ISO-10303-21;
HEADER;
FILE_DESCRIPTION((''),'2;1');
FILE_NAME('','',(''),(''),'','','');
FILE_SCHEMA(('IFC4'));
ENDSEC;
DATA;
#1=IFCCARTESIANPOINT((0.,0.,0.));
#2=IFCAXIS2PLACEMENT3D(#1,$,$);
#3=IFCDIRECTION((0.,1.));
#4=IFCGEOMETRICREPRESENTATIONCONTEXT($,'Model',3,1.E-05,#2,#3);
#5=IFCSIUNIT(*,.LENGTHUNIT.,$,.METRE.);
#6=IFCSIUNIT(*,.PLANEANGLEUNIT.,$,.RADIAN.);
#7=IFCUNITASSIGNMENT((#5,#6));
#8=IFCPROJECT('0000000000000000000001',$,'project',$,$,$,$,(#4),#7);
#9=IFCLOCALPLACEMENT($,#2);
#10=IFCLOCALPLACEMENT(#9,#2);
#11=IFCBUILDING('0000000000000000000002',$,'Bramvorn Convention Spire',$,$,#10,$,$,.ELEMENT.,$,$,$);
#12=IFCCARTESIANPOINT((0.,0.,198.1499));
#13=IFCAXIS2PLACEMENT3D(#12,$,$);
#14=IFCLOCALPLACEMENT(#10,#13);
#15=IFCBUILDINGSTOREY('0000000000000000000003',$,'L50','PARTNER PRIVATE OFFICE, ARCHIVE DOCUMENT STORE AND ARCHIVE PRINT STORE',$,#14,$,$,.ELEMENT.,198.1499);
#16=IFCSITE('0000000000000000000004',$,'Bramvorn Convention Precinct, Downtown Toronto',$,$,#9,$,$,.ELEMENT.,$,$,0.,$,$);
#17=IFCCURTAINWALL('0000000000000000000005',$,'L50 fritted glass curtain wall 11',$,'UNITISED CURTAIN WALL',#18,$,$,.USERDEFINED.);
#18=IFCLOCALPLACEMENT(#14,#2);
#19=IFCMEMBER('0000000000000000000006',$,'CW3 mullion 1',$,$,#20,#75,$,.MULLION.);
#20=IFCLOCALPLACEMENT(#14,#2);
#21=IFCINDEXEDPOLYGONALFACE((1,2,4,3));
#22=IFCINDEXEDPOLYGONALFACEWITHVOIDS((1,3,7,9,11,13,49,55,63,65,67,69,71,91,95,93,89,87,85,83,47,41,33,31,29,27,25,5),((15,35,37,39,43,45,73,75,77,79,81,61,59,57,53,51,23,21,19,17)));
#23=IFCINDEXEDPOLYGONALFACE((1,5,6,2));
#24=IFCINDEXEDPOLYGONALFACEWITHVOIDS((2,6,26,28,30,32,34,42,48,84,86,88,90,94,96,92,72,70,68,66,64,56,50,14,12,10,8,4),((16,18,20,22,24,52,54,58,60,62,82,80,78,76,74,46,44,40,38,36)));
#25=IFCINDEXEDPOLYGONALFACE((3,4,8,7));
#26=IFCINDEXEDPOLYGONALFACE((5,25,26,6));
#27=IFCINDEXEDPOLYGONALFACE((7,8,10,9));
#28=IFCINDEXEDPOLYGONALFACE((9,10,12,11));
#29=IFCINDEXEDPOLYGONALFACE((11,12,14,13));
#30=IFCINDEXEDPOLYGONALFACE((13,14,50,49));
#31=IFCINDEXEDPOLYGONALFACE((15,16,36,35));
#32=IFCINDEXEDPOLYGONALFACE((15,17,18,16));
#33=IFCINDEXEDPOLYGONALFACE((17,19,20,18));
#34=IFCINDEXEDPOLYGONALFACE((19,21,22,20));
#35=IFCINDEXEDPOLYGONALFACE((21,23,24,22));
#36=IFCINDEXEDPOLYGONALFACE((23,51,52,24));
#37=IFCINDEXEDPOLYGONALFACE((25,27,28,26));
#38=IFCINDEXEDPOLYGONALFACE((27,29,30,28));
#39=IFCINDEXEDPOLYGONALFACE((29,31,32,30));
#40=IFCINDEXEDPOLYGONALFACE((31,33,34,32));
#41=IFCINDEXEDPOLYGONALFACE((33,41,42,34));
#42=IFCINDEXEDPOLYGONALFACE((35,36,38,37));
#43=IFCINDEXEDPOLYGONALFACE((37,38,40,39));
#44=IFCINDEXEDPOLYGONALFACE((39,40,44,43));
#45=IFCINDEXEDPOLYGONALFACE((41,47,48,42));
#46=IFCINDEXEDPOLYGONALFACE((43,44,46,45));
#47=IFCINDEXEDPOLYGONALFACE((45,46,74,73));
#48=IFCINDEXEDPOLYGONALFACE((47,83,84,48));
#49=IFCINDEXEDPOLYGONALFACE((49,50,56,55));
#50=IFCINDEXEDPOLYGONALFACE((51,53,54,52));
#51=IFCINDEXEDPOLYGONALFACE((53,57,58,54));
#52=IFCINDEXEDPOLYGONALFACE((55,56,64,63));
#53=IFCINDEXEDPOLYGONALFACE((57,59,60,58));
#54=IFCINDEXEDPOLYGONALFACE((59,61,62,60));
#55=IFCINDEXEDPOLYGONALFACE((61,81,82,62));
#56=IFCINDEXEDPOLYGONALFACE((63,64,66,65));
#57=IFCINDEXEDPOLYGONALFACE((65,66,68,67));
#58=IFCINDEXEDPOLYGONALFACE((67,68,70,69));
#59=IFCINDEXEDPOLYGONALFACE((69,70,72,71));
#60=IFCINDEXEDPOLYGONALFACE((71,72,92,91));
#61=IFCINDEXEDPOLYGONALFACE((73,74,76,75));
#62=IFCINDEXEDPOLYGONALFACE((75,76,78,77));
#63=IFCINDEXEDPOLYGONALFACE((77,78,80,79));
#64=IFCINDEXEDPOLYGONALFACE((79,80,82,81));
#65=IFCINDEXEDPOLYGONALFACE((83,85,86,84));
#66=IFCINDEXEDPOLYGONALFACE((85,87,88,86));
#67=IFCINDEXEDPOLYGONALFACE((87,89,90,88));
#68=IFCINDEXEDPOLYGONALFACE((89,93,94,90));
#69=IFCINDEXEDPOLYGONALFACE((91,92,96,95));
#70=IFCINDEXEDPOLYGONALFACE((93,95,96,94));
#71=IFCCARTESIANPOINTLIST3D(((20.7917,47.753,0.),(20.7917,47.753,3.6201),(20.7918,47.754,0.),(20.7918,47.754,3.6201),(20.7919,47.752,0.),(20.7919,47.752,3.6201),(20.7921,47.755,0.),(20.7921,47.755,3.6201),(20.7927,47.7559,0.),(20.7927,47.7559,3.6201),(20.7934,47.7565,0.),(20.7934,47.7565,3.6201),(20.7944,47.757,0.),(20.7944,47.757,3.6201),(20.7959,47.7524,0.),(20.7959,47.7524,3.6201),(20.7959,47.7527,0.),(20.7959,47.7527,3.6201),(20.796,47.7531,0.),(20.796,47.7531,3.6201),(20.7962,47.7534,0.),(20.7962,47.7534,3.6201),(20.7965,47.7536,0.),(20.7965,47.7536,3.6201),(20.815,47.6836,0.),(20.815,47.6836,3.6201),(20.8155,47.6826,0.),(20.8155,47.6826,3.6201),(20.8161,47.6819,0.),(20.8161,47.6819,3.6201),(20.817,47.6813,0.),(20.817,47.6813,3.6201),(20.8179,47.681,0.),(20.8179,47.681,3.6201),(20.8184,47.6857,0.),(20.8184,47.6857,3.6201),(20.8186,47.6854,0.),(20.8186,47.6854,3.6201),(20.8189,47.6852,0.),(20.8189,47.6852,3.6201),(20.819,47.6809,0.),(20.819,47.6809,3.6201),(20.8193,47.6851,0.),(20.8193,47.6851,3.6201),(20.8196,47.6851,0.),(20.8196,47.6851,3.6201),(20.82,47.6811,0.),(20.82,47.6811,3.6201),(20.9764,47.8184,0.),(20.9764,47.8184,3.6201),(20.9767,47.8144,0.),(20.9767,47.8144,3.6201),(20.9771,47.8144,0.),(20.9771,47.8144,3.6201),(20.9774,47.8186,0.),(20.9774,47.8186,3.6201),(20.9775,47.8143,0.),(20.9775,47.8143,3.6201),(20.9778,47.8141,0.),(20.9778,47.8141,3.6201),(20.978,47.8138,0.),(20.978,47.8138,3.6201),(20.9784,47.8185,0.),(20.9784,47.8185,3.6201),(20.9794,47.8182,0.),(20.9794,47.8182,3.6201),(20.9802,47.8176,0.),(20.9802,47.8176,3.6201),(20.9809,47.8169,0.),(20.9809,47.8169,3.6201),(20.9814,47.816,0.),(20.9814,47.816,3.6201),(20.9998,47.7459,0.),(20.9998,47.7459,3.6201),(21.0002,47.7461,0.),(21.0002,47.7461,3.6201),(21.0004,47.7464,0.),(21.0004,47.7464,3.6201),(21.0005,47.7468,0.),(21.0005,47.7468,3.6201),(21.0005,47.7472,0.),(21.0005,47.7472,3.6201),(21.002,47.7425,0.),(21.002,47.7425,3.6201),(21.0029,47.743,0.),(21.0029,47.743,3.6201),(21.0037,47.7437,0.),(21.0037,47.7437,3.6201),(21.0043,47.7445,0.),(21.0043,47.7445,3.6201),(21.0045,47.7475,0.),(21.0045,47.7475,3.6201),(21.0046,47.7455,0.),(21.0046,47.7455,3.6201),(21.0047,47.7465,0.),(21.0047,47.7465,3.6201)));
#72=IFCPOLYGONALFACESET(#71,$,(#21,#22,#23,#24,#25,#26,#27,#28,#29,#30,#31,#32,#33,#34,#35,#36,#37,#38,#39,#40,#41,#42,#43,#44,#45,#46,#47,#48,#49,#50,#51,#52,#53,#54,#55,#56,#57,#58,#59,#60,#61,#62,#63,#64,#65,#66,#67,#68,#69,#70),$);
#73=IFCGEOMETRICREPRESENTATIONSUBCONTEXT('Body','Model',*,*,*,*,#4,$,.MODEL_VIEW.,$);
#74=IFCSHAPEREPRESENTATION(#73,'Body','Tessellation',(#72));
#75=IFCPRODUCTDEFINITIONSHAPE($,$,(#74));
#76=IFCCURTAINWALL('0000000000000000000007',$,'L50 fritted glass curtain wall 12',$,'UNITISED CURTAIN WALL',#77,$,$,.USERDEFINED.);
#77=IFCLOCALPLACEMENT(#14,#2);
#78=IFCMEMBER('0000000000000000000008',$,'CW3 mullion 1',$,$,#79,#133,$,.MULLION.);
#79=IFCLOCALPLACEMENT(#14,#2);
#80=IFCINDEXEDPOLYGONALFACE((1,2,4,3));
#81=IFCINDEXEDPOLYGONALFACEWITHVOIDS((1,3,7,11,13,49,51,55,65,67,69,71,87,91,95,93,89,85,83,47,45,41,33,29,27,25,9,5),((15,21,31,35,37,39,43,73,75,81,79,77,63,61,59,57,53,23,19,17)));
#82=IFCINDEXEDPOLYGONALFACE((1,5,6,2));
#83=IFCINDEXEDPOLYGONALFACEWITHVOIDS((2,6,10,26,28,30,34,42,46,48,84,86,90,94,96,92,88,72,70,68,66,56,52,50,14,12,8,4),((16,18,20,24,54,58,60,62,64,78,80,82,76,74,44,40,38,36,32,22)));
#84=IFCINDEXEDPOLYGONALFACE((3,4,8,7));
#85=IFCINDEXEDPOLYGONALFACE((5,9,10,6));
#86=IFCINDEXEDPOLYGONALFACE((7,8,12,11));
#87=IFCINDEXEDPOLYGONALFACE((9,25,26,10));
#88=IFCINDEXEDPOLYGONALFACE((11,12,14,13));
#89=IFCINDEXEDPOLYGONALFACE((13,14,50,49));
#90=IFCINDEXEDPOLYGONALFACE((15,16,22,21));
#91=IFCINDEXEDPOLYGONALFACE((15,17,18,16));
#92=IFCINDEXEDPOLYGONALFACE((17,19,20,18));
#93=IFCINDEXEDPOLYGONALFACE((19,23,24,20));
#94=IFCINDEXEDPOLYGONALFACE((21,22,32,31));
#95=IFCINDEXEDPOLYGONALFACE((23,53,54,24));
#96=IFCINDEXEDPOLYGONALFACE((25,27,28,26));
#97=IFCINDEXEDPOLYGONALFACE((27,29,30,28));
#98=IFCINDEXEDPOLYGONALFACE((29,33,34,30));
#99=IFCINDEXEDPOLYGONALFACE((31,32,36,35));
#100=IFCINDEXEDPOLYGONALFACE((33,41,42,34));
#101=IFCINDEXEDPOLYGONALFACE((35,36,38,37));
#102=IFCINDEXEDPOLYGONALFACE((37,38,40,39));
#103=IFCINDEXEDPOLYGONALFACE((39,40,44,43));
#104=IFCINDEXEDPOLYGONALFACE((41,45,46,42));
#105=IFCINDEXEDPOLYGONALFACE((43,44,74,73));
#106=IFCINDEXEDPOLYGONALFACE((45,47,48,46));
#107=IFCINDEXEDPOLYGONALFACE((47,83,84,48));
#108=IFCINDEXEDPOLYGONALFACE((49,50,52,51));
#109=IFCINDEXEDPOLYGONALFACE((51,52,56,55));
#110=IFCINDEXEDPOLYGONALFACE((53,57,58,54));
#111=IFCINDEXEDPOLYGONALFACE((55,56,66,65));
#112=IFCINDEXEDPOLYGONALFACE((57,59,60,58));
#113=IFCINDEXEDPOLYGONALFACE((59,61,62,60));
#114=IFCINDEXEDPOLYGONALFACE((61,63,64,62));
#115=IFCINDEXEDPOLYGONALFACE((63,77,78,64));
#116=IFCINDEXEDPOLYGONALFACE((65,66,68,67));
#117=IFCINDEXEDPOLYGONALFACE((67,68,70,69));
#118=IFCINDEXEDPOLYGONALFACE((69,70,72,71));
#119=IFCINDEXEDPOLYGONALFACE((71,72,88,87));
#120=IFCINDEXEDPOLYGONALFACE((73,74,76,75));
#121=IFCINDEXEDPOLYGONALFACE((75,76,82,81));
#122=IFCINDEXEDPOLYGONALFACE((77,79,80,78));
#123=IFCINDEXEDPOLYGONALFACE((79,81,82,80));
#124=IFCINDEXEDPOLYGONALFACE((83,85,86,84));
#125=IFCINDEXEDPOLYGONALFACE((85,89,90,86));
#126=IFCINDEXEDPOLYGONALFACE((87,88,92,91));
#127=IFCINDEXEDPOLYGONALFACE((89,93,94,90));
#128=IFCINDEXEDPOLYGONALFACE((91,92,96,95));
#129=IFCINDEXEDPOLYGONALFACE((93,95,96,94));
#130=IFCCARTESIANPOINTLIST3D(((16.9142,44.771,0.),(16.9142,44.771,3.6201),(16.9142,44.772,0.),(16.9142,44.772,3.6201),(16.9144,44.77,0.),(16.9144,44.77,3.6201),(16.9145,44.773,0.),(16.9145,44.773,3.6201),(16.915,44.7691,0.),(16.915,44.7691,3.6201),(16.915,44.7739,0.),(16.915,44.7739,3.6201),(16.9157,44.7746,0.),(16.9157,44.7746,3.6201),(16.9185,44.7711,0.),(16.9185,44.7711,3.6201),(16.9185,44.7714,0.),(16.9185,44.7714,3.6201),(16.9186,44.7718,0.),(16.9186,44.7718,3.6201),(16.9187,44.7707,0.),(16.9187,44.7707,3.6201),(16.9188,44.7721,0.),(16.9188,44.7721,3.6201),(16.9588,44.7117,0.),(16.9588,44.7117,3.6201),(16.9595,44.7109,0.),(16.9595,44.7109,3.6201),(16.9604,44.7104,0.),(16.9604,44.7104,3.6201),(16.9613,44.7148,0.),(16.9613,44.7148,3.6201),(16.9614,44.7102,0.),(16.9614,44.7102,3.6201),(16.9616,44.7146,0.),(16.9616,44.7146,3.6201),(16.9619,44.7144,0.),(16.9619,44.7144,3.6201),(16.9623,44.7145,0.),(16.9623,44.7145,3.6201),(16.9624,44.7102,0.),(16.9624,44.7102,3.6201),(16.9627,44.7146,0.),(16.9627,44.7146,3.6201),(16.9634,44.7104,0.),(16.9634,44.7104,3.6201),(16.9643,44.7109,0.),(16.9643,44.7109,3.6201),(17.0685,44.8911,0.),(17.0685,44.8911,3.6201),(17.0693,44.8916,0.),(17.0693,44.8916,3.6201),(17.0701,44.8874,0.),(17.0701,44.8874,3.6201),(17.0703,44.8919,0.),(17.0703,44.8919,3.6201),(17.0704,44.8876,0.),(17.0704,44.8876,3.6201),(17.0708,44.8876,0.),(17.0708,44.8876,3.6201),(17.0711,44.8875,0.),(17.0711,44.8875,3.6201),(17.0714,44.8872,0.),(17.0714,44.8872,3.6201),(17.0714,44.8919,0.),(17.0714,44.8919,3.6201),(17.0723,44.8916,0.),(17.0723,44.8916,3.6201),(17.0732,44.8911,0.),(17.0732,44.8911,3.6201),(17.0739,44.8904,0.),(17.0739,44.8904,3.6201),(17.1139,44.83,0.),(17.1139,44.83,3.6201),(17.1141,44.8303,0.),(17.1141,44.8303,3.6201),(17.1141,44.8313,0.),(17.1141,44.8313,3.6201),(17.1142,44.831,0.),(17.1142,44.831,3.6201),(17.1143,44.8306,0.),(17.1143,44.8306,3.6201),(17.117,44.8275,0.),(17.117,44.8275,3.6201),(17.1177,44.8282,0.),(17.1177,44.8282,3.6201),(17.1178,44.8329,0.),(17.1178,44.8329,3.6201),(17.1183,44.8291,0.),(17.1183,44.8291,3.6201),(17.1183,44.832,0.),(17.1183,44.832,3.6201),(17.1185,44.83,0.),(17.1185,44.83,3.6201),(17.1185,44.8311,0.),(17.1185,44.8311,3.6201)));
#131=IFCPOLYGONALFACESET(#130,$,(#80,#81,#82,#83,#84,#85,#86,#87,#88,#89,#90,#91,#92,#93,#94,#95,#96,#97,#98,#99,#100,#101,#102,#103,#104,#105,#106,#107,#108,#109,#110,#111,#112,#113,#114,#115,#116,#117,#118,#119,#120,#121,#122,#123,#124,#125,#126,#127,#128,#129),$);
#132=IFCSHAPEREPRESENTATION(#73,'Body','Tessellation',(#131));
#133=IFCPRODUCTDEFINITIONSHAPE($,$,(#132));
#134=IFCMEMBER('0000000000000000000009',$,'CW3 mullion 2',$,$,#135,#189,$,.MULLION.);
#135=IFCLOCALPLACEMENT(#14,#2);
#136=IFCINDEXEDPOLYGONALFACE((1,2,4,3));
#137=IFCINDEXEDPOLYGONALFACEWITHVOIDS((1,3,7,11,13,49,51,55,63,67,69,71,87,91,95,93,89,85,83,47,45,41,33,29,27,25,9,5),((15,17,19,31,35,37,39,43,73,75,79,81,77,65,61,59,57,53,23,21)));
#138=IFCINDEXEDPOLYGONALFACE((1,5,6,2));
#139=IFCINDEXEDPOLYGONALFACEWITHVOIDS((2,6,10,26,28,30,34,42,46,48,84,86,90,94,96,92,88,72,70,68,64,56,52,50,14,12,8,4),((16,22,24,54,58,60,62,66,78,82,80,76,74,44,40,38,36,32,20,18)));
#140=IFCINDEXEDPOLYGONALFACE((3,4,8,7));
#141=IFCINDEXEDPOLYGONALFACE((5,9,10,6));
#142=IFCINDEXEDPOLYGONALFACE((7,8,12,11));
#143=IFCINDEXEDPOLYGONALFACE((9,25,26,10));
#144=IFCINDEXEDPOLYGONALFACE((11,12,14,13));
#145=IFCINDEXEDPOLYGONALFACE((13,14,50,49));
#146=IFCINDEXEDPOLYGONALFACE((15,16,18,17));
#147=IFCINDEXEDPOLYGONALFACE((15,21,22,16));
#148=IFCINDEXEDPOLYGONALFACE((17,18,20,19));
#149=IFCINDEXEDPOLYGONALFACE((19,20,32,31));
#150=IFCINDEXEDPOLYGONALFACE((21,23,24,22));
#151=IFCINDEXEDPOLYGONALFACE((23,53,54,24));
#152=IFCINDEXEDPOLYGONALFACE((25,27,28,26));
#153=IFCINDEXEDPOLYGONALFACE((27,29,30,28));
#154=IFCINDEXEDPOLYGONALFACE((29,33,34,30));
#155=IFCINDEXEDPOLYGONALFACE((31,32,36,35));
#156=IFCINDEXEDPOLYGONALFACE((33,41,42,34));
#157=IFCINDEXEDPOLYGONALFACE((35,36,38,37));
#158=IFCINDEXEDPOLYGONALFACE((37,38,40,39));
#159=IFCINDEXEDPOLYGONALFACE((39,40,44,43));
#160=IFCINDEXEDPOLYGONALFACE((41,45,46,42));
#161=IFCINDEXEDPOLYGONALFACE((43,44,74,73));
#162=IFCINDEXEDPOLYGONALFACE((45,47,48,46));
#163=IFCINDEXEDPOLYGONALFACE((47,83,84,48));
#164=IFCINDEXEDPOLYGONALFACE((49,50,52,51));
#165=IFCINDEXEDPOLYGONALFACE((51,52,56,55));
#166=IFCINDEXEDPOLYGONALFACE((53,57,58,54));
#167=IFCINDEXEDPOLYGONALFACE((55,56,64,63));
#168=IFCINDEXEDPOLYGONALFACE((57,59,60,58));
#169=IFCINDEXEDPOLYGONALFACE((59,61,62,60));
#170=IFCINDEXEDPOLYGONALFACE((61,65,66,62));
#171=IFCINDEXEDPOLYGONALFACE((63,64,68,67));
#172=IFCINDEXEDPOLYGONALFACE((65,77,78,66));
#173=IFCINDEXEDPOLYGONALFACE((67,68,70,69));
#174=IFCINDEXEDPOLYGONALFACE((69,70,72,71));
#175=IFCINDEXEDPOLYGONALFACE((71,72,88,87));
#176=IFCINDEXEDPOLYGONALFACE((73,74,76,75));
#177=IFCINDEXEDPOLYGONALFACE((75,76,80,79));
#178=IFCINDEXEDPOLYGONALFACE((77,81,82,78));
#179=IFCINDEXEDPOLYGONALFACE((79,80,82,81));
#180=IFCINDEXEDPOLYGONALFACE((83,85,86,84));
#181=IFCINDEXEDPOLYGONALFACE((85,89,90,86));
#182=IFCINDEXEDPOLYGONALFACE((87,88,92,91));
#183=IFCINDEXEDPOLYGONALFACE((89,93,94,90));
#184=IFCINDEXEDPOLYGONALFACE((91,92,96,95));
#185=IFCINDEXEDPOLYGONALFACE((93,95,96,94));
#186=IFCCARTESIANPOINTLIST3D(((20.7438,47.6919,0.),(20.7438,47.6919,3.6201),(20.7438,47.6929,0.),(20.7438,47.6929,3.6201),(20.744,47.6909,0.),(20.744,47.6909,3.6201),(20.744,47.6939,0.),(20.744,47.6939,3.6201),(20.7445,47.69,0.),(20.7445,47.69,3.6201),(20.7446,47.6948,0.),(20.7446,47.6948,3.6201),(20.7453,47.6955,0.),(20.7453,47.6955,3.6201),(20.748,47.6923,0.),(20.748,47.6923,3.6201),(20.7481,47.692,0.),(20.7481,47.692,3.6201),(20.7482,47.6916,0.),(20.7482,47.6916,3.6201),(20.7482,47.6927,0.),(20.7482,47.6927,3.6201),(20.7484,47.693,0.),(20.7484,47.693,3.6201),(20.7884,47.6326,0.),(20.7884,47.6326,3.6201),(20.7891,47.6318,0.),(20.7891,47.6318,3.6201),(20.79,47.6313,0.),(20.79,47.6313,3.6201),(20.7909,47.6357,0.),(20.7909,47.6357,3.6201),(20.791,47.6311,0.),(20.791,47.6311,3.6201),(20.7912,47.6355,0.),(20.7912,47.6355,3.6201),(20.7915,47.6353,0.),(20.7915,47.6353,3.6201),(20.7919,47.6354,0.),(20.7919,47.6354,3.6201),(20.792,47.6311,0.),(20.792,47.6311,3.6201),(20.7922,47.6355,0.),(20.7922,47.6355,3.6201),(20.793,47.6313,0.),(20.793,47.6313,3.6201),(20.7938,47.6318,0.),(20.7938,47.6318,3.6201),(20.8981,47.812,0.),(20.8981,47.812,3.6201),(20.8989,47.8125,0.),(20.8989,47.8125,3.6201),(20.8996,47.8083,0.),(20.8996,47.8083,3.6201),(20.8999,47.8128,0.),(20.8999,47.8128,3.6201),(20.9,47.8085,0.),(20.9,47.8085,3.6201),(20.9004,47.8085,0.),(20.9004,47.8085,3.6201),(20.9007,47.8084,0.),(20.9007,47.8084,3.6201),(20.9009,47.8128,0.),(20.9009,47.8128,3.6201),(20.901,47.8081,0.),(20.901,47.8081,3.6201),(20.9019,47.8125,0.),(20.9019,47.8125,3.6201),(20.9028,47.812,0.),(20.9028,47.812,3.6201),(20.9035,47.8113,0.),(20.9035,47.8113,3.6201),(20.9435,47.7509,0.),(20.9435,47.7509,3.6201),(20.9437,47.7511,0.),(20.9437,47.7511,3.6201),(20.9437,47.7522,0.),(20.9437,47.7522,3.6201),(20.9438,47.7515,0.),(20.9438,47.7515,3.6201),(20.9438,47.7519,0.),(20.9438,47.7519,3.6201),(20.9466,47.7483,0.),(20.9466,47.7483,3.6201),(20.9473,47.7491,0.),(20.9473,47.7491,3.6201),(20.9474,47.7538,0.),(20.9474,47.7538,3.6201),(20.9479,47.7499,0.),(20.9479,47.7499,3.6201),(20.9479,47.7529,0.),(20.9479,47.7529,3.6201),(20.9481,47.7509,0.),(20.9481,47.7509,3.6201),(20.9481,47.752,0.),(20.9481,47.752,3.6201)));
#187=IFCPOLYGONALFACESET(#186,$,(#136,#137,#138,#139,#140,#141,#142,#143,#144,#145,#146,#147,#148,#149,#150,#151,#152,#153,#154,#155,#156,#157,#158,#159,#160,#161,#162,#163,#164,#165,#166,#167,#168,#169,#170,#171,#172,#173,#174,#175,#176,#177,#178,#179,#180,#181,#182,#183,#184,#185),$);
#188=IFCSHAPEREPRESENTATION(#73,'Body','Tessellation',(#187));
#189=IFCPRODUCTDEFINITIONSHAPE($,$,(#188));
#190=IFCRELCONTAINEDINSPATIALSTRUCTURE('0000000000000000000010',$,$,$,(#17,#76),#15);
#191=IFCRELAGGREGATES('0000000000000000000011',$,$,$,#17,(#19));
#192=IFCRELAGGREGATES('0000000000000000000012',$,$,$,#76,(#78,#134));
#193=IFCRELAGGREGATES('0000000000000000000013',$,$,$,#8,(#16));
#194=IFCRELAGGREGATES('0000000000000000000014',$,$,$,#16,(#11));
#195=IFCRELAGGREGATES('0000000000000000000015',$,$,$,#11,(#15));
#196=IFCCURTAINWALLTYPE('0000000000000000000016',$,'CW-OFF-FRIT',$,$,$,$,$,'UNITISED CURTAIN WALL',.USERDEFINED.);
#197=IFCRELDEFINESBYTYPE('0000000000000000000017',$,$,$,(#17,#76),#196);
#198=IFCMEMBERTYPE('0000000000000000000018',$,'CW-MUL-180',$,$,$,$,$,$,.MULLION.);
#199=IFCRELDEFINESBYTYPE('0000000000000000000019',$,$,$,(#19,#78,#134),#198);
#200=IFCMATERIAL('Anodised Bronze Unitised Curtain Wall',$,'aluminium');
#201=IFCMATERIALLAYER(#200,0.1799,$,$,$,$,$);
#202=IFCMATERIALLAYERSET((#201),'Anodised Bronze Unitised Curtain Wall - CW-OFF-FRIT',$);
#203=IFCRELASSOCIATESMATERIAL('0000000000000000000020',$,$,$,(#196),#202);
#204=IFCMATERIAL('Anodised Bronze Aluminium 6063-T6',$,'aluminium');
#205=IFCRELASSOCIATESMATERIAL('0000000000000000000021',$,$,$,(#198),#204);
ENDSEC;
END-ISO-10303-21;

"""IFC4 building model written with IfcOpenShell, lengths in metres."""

from ifc_helpers import new_model, si_unit, direction, frame, origin, origin_2d, place, context, subcontext, project, spatial, hollow_rectangle, extrude, material, layer, layer_set, material_profile, profile_set, type_object, element, aggregate, save


model = new_model("IFC4")

# Units and contexts
model_context = context("Model", 3, precision=1e-05, world=origin(), true_north=direction((0.0, 1.0)))
body_context = subcontext(model_context, "Body", "Model", "MODEL_VIEW")
ifc_project = project(units=[si_unit("LENGTHUNIT", "METRE"), si_unit("PLANEANGLEUNIT", "RADIAN")], contexts=[model_context])

# Site, building, storey
site_placement = place(None, origin())
site = spatial("IfcSite", under=ifc_project, at=site_placement, Name="Bramvorn Convention Precinct, Downtown Toronto", CompositionType="ELEMENT", RefElevation=0.0)
building_placement = place(site_placement, origin())
building = spatial("IfcBuilding", under=site, at=building_placement, Name="Bramvorn Convention Spire", CompositionType="ELEMENT")
storey_placement = place(building_placement, frame((0.0, 0.0, 198.1499)))
storey = spatial("IfcBuildingStorey", under=building, at=storey_placement, Name="L50", Description="PARTNER PRIVATE OFFICE, ARCHIVE DOCUMENT STORE AND ARCHIVE PRINT STORE", CompositionType="ELEMENT", Elevation=198.1499)

# Curtain wall, member
ifc_material_1 = material(Name="Anodised Bronze Unitised Curtain Wall", Category="aluminium")
ifc_layer_1 = layer(ifc_material_1, 0.1799)
ifc_layer_set_1 = layer_set([ifc_layer_1], Name="Anodised Bronze Unitised Curtain Wall - CW-OFF-FRIT")
curtain_wall_type = type_object("IfcCurtainWallType", Name="CW-OFF-FRIT", ElementType="UNITISED CURTAIN WALL", PredefinedType="USERDEFINED", material=ifc_layer_set_1)
curtain_wall_1_placement = place(storey_placement, origin())
curtain_wall_1 = element("IfcCurtainWall", 1, at=curtain_wall_1_placement, inside=storey, type_object=curtain_wall_type, Name="L50 fritted glass curtain wall 11", ObjectType="UNITISED CURTAIN WALL", PredefinedType="USERDEFINED")
ifc_material_2 = material(Name="Anodised Bronze Aluminium 6063-T6", Category="aluminium")
ifc_material_profile_1 = material_profile(ifc_material_2, hollow_rectangle(XDim=0.0801, YDim=0.2, WallThickness=0.0039, InnerFilletRadius=0.001, OuterFilletRadius=0.0039, at=origin_2d()))
ifc_profile_set_1 = profile_set([ifc_material_profile_1], Name="Anodised Bronze Aluminium 6063-T6 - CWM80X200")
member_type_1 = type_object("IfcMemberType", Name="CW-MUL-180", PredefinedType="MULLION", material=ifc_profile_set_1)
member_1_placement = place(storey_placement, frame((20.8982, 47.7498, 0.0), z_axis=(0.0, 0.0, 1.0), x_axis=(-0.319717, 0.947513, 0.0)))
member_1 = element("IfcMember", 2, at=member_1_placement, type_object=member_type_1, Name="CW3 mullion 1", PredefinedType="MULLION", context=body_context, shape_type="SweptSolid", body=[
    extrude(hollow_rectangle(XDim=0.0801, YDim=0.2, WallThickness=0.0039, InnerFilletRadius=0.001, OuterFilletRadius=0.0039, at=origin_2d()), origin(), (0.0, 0.0, 1.0), 3.6201),
])

# Curtain wall, members
curtain_wall_2_placement = place(storey_placement, origin())
curtain_wall_2 = element("IfcCurtainWall", 3, at=curtain_wall_2_placement, inside=storey, type_object=curtain_wall_type, Name="L50 fritted glass curtain wall 12", ObjectType="UNITISED CURTAIN WALL", PredefinedType="USERDEFINED")
member_2_placement = place(storey_placement, frame((17.0164, 44.801, 0.0), z_axis=(0.0, 0.0, 1.0), x_axis=(-0.606451, 0.795121, 0.0)))
member_2 = element("IfcMember", 4, at=member_2_placement, type_object=member_type_1, Name="CW3 mullion 1", PredefinedType="MULLION", context=body_context, shape_type="SweptSolid", body=[
    extrude(hollow_rectangle(XDim=0.0801, YDim=0.2, WallThickness=0.0039, InnerFilletRadius=0.001, OuterFilletRadius=0.0039, at=origin_2d()), origin(), (0.0, 0.0, 1.0), 3.6201),
])
member_3_placement = place(storey_placement, frame((20.8459, 47.7219, 0.0), z_axis=(0.0, 0.0, 1.0), x_axis=(-0.606451, 0.795121, 0.0)))
member_3 = element("IfcMember", 5, at=member_3_placement, type_object=member_type_1, Name="CW3 mullion 2", PredefinedType="MULLION", context=body_context, shape_type="SweptSolid", body=[
    extrude(hollow_rectangle(XDim=0.0801, YDim=0.2, WallThickness=0.0039, InnerFilletRadius=0.001, OuterFilletRadius=0.0039, at=origin_2d()), origin(), (0.0, 0.0, 1.0), 3.6201),
])

aggregate(curtain_wall_1, [member_1])

aggregate(curtain_wall_2, [member_2, member_3])

save(model, "model.ifc")
